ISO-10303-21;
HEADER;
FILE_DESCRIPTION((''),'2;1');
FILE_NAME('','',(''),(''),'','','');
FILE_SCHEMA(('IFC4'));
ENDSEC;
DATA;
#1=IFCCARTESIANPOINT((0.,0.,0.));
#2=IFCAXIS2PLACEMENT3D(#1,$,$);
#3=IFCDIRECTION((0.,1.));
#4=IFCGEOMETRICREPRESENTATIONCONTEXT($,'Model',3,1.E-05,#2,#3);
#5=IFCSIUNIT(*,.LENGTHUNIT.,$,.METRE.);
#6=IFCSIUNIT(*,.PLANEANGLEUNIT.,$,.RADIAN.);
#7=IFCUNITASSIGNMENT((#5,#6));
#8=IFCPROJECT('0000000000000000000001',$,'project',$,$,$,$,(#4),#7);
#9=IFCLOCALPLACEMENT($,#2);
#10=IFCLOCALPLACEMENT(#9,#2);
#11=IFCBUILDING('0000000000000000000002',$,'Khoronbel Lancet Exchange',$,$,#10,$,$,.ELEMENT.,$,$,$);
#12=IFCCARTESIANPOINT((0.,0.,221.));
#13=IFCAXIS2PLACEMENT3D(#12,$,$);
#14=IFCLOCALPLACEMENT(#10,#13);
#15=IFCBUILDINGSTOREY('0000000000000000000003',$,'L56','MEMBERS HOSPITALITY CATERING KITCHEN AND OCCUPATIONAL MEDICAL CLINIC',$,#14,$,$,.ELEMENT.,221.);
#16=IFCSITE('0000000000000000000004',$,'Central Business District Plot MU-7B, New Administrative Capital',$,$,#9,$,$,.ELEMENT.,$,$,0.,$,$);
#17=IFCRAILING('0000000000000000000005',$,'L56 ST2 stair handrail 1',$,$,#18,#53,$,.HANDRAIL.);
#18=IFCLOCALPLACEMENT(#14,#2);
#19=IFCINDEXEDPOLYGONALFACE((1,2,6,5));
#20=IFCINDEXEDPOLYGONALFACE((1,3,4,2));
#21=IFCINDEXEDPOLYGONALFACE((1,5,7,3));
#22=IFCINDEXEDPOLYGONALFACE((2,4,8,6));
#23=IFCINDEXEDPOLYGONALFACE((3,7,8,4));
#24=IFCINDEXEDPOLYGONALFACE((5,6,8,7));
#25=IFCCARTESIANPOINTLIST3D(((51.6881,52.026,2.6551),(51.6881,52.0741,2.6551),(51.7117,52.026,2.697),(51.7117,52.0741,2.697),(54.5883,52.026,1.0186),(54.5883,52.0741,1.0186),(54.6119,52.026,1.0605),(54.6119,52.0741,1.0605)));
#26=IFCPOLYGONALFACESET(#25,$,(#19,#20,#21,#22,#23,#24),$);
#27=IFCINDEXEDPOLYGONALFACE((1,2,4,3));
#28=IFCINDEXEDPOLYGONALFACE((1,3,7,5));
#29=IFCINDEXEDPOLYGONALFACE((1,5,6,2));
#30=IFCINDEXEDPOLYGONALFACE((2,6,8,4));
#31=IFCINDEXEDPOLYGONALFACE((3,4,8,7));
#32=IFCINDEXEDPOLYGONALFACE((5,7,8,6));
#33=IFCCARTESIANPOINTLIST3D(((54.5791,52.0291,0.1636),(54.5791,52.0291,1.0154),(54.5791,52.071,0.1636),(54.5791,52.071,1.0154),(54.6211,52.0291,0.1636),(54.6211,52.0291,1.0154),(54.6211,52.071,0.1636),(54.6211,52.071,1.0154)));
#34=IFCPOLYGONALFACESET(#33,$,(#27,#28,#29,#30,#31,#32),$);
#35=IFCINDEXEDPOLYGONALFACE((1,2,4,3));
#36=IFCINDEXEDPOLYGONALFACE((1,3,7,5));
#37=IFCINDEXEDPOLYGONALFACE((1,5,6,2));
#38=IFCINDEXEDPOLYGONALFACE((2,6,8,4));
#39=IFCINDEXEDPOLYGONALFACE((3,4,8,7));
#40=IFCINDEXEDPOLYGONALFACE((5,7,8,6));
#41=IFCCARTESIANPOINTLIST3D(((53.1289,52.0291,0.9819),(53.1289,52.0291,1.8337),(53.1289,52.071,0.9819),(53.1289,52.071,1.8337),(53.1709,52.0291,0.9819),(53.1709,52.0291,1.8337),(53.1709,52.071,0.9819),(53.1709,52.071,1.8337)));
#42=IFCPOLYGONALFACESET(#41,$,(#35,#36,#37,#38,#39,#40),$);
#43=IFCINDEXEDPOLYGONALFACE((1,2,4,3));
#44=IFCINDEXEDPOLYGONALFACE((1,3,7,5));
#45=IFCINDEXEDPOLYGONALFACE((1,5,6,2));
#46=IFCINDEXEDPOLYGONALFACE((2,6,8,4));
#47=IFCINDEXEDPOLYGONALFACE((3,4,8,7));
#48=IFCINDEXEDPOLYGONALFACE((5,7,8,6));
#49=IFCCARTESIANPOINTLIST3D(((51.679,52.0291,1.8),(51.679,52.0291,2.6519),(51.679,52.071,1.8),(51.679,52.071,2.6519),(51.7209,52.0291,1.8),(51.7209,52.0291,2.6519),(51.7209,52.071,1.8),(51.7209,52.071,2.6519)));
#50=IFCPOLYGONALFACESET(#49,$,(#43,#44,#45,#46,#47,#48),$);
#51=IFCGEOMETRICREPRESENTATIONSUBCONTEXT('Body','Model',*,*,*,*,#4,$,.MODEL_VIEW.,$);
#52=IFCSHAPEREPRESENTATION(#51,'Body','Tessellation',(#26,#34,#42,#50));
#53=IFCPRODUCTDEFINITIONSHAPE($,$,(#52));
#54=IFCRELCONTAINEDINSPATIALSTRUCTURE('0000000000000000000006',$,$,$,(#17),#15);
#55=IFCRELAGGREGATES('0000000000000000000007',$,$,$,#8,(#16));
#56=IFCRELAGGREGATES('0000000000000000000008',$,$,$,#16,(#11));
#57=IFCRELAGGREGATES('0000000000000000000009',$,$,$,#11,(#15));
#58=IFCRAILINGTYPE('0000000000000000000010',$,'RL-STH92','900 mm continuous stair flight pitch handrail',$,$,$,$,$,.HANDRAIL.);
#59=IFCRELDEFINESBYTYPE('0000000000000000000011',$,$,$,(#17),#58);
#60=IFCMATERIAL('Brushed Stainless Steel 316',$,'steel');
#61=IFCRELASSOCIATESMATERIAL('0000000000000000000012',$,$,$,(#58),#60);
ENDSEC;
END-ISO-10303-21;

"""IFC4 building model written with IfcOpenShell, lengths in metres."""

from ifc_helpers import new_model, si_unit, direction, frame, origin, origin_2d, place, context, subcontext, project, spatial, rectangle, extrude, material, type_object, element, save


model = new_model("IFC4")

# Units and contexts
model_context = context("Model", 3, precision=1e-05, world=origin(), true_north=direction((0.0, 1.0)))
body_context = subcontext(model_context, "Body", "Model", "MODEL_VIEW")
ifc_project = project(units=[si_unit("LENGTHUNIT", "METRE"), si_unit("PLANEANGLEUNIT", "RADIAN")], contexts=[model_context])

# Site, building, storey
site_placement = place(None, origin())
site = spatial("IfcSite", under=ifc_project, at=site_placement, Name="Central Business District Plot MU-7B, New Administrative Capital", CompositionType="ELEMENT", RefElevation=0.0)
building_placement = place(site_placement, origin())
building = spatial("IfcBuilding", under=site, at=building_placement, Name="Khoronbel Lancet Exchange", CompositionType="ELEMENT")
storey_placement = place(building_placement, frame((0.0, 0.0, 221.0)))
storey = spatial("IfcBuildingStorey", under=building, at=storey_placement, Name="L56", Description="MEMBERS HOSPITALITY CATERING KITCHEN AND OCCUPATIONAL MEDICAL CLINIC", CompositionType="ELEMENT", Elevation=221.0)

# Railing
ifc_material_1 = material(Name="Brushed Stainless Steel 316", Category="steel")
railing_type_1 = type_object("IfcRailingType", Name="RL-STH92", Description="900 mm continuous stair flight pitch handrail", PredefinedType="HANDRAIL", material=ifc_material_1)
railing_1_placement = place(storey_placement, frame((54.6001, 52.05, 0.1636)))
element("IfcRailing", 1, at=railing_1_placement, inside=storey, type_object=railing_type_1, Name="L56 ST2 stair handrail 1", PredefinedType="HANDRAIL", context=body_context, shape_type="SweptSolid", body=[
    extrude(rectangle(XDim=0.0481, YDim=0.0481, at=origin_2d()), frame((0.0, 0.0, 0.876), z_axis=(-0.870915, 0.0, 0.491434), x_axis=(0.0, -1.0, 0.0)), (0.0, 0.0, 1.0), 3.3301),
    extrude(rectangle(XDim=0.042, YDim=0.042, at=origin_2d()), origin(), (0.0, 0.0, 1.0), 0.8518),
    extrude(rectangle(XDim=0.042, YDim=0.042, at=origin_2d()), frame((-1.4502, 0.0, 0.8184)), (0.0, 0.0, 1.0), 0.8518),
    extrude(rectangle(XDim=0.042, YDim=0.042, at=origin_2d()), frame((-2.9001, 0.0, 1.6365)), (0.0, 0.0, 1.0), 0.8518),
])

save(model, "model.ifc")
